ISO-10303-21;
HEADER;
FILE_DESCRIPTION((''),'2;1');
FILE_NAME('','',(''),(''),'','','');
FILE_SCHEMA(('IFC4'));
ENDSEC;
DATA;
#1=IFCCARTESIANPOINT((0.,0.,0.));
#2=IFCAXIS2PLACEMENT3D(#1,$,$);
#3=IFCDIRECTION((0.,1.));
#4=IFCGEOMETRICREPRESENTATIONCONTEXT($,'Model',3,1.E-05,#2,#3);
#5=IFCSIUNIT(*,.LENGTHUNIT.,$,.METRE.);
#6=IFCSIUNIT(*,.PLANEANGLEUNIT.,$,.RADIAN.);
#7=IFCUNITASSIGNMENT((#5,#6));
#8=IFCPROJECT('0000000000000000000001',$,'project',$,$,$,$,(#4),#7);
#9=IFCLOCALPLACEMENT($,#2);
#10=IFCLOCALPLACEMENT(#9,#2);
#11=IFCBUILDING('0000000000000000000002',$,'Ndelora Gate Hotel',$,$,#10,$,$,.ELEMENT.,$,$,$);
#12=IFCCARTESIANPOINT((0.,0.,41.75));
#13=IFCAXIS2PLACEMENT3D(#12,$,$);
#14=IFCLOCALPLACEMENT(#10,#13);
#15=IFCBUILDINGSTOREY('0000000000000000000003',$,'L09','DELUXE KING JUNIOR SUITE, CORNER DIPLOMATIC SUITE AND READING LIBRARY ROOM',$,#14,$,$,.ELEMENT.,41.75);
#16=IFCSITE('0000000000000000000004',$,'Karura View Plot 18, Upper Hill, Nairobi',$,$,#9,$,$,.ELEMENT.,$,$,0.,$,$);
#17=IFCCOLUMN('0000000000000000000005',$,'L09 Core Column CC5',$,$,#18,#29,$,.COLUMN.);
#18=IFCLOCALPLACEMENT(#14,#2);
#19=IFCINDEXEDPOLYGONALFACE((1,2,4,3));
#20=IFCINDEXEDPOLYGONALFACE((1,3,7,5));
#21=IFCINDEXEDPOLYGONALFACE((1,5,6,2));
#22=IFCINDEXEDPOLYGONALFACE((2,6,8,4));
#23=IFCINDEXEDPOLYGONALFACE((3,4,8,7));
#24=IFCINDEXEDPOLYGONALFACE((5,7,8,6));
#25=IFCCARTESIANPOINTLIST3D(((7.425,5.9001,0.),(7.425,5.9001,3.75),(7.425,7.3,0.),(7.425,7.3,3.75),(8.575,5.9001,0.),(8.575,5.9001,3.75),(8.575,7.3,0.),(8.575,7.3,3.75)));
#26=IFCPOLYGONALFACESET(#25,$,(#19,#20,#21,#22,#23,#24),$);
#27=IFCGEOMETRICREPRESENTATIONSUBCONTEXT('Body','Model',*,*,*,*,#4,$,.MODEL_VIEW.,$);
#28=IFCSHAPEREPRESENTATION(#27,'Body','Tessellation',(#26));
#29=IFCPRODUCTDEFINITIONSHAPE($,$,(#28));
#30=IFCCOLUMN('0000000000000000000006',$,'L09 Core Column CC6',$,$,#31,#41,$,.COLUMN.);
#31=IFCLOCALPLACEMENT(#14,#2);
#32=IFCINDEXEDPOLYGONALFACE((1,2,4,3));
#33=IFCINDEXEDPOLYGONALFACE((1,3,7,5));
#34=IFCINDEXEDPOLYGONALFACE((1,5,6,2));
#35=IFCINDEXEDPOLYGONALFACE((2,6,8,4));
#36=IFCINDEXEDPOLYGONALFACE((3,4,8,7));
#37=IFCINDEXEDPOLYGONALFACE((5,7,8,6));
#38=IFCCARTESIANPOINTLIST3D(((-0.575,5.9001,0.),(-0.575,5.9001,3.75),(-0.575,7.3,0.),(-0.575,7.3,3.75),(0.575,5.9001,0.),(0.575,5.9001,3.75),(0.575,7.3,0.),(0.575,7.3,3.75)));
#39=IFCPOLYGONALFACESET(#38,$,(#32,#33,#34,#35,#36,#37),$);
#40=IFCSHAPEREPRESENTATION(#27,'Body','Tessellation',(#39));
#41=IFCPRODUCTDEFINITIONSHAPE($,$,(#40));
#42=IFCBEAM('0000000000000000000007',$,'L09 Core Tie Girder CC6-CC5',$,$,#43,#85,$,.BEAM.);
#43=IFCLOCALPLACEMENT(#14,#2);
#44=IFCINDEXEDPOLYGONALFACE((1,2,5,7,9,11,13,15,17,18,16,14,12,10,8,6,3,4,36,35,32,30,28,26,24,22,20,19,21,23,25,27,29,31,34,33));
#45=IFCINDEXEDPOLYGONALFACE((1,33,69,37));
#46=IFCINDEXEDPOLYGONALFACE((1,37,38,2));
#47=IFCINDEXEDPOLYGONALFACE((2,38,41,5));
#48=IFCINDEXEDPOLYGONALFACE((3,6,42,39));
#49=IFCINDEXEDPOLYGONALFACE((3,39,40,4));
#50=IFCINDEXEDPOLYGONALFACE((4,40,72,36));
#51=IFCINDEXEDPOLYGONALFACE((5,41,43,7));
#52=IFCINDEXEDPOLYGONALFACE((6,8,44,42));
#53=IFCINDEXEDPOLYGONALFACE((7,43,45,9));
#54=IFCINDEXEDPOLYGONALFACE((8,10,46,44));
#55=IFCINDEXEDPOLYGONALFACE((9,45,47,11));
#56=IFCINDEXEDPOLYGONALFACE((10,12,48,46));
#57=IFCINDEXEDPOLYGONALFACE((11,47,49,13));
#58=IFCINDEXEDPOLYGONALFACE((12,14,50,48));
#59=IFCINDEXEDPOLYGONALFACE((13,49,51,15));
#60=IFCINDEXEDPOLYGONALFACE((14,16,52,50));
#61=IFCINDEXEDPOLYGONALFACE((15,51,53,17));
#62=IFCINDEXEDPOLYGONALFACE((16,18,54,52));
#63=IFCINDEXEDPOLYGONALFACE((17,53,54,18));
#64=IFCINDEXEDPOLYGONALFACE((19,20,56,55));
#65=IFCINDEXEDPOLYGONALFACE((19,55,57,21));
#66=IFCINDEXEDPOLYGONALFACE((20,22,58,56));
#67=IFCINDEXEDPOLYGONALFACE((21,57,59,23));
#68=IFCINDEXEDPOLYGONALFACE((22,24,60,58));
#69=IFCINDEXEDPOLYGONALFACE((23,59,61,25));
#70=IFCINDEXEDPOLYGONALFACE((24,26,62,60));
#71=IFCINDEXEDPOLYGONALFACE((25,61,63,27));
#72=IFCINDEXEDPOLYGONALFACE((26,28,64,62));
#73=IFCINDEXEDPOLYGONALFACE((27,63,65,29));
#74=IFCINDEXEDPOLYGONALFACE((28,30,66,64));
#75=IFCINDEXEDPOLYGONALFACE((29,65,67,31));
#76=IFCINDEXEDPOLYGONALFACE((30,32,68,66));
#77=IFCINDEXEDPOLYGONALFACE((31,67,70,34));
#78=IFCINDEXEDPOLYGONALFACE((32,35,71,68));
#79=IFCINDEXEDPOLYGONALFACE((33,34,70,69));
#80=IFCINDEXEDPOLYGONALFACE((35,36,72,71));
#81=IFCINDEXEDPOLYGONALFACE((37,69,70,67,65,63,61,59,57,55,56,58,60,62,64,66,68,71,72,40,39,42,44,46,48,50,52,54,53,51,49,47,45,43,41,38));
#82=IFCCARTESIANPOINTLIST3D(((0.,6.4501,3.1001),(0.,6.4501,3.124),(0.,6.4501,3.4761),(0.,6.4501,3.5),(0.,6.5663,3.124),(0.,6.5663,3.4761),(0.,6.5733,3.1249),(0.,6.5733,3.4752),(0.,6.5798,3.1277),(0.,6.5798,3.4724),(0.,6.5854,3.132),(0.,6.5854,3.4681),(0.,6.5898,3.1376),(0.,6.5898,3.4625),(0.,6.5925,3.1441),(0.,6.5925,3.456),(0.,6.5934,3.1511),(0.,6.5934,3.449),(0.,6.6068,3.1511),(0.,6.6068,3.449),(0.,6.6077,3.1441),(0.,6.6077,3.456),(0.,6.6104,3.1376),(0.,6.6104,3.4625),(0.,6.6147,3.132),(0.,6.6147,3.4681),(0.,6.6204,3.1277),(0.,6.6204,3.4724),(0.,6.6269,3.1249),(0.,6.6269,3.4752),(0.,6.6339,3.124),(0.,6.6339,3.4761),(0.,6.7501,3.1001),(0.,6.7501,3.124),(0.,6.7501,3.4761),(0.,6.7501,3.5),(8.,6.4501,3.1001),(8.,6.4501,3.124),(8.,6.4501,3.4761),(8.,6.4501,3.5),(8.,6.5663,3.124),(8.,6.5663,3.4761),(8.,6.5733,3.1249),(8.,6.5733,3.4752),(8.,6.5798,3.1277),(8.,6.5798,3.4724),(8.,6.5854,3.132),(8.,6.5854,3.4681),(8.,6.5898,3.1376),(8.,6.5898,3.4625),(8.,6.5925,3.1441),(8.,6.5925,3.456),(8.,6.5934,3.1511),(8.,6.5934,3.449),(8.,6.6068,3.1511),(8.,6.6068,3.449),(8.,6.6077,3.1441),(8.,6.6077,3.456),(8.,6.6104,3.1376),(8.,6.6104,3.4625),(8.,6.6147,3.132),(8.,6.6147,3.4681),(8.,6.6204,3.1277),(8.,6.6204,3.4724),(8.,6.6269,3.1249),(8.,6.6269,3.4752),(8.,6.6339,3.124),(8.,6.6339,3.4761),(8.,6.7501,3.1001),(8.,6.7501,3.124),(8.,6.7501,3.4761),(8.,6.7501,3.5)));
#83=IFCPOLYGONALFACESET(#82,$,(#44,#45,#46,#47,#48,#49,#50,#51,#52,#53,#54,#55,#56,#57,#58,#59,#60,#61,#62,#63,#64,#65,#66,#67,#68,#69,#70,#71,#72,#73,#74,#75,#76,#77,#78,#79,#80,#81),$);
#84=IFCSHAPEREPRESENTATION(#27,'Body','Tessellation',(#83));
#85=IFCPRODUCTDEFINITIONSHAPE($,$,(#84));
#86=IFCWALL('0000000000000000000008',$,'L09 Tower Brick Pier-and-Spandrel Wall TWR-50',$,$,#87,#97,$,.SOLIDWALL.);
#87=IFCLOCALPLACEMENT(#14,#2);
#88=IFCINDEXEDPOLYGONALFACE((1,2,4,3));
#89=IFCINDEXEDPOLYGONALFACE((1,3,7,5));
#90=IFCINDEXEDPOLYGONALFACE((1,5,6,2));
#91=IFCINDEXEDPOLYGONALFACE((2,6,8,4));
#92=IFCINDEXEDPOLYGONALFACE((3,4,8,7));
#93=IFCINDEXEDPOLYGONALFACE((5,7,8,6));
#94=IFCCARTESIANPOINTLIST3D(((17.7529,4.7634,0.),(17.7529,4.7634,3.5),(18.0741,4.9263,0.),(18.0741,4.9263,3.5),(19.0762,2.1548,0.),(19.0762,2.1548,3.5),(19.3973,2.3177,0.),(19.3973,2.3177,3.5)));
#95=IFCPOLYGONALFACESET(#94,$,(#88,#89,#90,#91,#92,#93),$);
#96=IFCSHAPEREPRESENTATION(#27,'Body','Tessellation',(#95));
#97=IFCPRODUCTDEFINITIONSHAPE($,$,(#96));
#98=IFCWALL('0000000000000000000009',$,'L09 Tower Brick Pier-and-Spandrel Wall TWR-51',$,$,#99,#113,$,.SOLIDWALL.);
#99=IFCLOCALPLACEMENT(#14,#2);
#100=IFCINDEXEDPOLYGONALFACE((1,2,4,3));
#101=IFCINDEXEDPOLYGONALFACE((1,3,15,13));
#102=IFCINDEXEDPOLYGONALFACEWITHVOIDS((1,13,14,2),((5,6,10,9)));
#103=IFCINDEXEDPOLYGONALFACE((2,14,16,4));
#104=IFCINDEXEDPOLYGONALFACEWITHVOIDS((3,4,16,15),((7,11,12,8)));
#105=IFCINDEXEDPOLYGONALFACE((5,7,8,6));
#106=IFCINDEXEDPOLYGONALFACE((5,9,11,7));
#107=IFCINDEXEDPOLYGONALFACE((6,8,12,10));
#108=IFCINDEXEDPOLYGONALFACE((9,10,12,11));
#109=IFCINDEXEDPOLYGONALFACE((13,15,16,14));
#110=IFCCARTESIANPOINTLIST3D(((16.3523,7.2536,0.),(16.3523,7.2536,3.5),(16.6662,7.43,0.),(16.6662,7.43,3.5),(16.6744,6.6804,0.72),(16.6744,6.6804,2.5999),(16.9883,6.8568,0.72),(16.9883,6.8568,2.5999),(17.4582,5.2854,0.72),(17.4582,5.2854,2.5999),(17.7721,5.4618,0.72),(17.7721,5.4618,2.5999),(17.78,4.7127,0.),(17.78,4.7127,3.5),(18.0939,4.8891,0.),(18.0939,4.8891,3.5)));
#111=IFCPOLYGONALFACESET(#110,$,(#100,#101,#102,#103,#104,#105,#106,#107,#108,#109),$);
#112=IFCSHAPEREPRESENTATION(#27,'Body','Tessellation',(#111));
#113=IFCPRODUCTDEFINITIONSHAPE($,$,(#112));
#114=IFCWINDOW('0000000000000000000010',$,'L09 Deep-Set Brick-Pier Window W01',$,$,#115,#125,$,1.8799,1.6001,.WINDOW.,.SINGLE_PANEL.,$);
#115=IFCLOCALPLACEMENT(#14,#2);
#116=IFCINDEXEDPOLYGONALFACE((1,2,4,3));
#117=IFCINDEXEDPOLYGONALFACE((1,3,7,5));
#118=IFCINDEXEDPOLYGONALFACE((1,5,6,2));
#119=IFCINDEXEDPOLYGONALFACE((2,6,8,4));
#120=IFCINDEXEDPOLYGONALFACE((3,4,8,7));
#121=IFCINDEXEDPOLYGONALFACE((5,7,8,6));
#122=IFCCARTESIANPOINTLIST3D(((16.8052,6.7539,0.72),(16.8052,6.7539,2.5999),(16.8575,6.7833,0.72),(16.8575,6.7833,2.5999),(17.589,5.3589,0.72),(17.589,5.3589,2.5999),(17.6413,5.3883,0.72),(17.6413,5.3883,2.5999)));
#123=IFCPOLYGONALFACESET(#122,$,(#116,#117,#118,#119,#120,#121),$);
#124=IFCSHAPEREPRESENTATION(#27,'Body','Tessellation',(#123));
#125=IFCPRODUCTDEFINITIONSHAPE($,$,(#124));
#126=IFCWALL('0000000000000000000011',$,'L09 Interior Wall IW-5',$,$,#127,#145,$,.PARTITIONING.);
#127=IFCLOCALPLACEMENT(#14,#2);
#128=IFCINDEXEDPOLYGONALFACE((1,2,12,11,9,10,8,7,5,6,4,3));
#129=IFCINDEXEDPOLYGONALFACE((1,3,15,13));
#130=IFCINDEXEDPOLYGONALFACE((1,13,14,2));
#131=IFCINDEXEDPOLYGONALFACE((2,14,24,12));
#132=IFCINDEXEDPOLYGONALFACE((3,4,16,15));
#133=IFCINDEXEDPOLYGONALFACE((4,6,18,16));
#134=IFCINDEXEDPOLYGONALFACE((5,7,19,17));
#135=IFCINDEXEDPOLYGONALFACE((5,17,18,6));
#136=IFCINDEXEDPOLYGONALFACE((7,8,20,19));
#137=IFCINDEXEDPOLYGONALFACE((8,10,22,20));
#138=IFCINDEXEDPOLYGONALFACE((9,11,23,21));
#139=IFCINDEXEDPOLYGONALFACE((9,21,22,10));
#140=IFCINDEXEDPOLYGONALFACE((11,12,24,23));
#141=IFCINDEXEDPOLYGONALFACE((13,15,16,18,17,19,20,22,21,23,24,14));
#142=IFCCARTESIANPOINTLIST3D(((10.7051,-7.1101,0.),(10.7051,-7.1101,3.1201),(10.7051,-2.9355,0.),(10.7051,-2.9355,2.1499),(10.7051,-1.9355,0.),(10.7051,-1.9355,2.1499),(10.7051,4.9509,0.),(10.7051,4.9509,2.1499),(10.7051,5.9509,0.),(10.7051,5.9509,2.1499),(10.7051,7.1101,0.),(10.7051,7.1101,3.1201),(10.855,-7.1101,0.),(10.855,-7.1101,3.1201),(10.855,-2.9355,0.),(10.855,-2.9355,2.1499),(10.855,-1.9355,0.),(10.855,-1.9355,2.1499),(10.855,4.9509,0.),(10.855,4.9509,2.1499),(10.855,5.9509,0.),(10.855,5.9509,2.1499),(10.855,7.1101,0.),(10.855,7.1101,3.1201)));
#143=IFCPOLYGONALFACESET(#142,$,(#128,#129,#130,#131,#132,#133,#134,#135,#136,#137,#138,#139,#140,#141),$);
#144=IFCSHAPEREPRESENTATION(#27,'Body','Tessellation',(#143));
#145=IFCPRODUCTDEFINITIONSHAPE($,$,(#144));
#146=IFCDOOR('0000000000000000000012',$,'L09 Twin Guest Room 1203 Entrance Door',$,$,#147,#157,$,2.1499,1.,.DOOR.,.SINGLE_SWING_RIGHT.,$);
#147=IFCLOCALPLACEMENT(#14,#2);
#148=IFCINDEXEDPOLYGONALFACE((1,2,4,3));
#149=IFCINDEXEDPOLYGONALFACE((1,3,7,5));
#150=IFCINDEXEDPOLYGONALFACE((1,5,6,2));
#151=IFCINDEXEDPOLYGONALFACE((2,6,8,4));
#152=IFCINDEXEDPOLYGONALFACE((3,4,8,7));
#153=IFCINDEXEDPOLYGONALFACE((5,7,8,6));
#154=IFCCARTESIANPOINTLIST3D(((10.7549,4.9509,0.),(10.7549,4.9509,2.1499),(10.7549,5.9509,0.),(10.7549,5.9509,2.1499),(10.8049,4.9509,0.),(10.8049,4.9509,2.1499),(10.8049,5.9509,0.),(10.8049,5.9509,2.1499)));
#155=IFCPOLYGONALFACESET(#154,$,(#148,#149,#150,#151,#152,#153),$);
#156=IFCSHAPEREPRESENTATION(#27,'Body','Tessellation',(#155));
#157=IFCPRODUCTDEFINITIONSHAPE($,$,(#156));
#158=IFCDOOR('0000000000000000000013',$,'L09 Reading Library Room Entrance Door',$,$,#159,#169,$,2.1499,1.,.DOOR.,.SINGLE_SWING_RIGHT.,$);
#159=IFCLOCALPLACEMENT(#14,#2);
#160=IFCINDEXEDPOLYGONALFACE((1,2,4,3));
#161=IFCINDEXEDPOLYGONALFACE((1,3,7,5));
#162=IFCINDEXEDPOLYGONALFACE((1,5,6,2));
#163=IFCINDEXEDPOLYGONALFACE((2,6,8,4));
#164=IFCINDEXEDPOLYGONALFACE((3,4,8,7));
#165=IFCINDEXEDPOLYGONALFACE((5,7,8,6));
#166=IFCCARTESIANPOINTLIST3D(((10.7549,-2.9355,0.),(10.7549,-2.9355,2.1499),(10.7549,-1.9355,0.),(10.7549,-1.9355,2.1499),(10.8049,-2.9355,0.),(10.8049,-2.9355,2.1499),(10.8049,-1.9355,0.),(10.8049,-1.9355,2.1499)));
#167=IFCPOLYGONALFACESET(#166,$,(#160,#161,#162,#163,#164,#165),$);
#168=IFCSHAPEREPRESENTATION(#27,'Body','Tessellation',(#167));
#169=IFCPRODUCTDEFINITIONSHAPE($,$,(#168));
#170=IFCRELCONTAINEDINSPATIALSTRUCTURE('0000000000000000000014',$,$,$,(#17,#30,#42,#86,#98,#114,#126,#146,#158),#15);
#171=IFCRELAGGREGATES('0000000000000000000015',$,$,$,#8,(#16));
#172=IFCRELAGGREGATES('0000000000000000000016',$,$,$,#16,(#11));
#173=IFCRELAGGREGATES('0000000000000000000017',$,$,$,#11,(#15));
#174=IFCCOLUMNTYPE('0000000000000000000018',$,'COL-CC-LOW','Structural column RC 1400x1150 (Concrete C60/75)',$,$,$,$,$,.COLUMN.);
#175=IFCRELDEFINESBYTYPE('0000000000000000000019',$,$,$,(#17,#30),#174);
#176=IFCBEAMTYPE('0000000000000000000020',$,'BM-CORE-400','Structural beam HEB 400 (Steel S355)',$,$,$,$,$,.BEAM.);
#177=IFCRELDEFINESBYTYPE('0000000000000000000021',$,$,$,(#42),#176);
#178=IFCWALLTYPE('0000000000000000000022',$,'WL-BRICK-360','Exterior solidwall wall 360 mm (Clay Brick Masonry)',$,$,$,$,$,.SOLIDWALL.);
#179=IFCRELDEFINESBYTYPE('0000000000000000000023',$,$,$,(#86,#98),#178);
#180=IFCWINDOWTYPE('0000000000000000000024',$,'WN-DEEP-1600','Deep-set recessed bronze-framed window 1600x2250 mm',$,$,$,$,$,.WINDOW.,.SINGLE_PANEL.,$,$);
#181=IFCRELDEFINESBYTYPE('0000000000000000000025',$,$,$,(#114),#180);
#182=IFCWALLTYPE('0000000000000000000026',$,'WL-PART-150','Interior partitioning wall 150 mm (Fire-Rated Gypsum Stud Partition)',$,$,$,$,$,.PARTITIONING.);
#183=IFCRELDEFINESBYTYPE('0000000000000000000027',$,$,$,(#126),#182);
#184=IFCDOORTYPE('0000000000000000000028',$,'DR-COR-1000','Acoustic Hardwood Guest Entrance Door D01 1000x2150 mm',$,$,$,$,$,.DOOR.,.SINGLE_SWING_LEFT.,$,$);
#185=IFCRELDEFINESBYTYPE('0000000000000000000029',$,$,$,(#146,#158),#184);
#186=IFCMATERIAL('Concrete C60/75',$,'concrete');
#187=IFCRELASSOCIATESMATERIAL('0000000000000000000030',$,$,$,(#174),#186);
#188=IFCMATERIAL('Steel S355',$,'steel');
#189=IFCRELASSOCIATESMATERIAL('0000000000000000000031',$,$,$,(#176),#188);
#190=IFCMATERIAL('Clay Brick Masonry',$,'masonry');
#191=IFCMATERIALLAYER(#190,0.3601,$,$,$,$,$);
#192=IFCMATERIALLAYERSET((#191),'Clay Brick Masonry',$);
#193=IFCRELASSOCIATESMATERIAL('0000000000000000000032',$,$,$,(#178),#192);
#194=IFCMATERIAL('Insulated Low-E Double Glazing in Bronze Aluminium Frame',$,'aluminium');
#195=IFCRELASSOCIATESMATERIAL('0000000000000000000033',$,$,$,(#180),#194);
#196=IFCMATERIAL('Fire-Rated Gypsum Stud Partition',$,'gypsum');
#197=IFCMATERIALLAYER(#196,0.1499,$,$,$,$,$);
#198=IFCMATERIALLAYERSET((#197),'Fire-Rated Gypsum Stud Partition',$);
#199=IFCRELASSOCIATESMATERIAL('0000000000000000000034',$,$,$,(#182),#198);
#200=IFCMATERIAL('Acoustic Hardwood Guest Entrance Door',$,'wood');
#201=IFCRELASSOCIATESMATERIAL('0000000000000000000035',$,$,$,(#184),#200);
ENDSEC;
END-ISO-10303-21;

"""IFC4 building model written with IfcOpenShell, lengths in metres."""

from ifc_helpers import new_model, si_unit, direction, frame, frame_2d, origin, origin_2d, place, context, subcontext, project, spatial, rectangle, i_section, extrude, material, layer, layer_set, material_profile, profile_set, type_object, element, fill, save


model = new_model("IFC4")

# Units and contexts
model_context = context("Model", 3, precision=1e-05, world=origin(), true_north=direction((0.0, 1.0)))
body_context = subcontext(model_context, "Body", "Model", "MODEL_VIEW")
ifc_project = project(units=[si_unit("LENGTHUNIT", "METRE"), si_unit("PLANEANGLEUNIT", "RADIAN")], contexts=[model_context])

# Site, building, storey
site_placement = place(None, origin())
site = spatial("IfcSite", under=ifc_project, at=site_placement, Name="Karura View Plot 18, Upper Hill, Nairobi", CompositionType="ELEMENT", RefElevation=0.0)
building_placement = place(site_placement, origin())
building = spatial("IfcBuilding", under=site, at=building_placement, Name="Ndelora Gate Hotel", CompositionType="ELEMENT")
storey_placement = place(building_placement, frame((0.0, 0.0, 41.75)))
storey = spatial("IfcBuildingStorey", under=building, at=storey_placement, Name="L09", Description="DELUXE KING JUNIOR SUITE, CORNER DIPLOMATIC SUITE AND READING LIBRARY ROOM", CompositionType="ELEMENT", Elevation=41.75)

# Columns
ifc_material_1 = material(Name="Concrete C60/75", Category="concrete")
ifc_material_profile_1 = material_profile(ifc_material_1, rectangle(XDim=1.1499, YDim=1.3999, at=origin_2d()), Name="RC 1400x1150")
ifc_profile_set_1 = profile_set([ifc_material_profile_1], Name="Concrete C60/75")
column_type = type_object("IfcColumnType", Name="COL-CC-LOW", Description="Structural column RC 1400x1150 (Concrete C60/75)", PredefinedType="COLUMN", material=ifc_profile_set_1)
for number, where, z_axis, x_axis, name in (
    (1, (8.0, 6.6001, 0.0), (0.0, 0.0, 1.0), (1.0, 0.0, 0.0), "L09 Core Column CC5"),
    (2, (0.0, 6.6001, 0.0), (0.0, 0.0, 1.0), (1.0, 0.0, 0.0), "L09 Core Column CC6"),
):
    element("IfcColumn", number, at=place(storey_placement, frame(where, z_axis=z_axis, x_axis=x_axis)), inside=storey, type_object=column_type, Name=name, PredefinedType="COLUMN", context=body_context, shape_type="SweptSolid", body=[
        extrude(rectangle(XDim=1.1499, YDim=1.3999, at=origin_2d()), origin(), (0.0, 0.0, 1.0), 3.75),
    ])

# Beam
ifc_material_2 = material(Name="Steel S355", Category="steel")
ifc_material_profile_2 = material_profile(ifc_material_2, i_section(OverallWidth=0.3, OverallDepth=0.3999, WebThickness=0.0134, FlangeThickness=0.0239, FilletRadius=0.0271, at=origin_2d()), Name="HEB 400")
ifc_profile_set_2 = profile_set([ifc_material_profile_2], Name="Steel S355")
beam_type = type_object("IfcBeamType", Name="BM-CORE-400", Description="Structural beam HEB 400 (Steel S355)", PredefinedType="BEAM", material=ifc_profile_set_2)
beam_placement = place(storey_placement, frame((0.0, 6.6001, 3.3), z_axis=(1.0, 0.0, 0.0), x_axis=(0.0, 1.0, 0.0)))
element("IfcBeam", 3, at=beam_placement, inside=storey, type_object=beam_type, Name="L09 Core Tie Girder CC6-CC5", PredefinedType="BEAM", context=body_context, shape_type="SweptSolid", body=[
    extrude(i_section(OverallWidth=0.3, OverallDepth=0.3999, WebThickness=0.0134, FlangeThickness=0.0239, FilletRadius=0.0271, at=origin_2d()), origin(), (0.0, 0.0, 1.0), 8.0),
])

# Wall
ifc_material_3 = material(Name="Clay Brick Masonry", Category="masonry")
ifc_layer_1 = layer(ifc_material_3, 0.3601)
ifc_layer_set_1 = layer_set([ifc_layer_1], Name="Clay Brick Masonry")
wall_type_1 = type_object("IfcWallType", Name="WL-BRICK-360", Description="Exterior solidwall wall 360 mm (Clay Brick Masonry)", PredefinedType="SOLIDWALL", material=ifc_layer_set_1)
wall_1_placement = place(storey_placement, frame((17.9136, 4.8447, 0.0), z_axis=(0.0, 0.0, 1.0), x_axis=(0.452381, -0.891825, 0.0)))
element("IfcWall", 4, at=wall_1_placement, inside=storey, type_object=wall_type_1, Name="L09 Tower Brick Pier-and-Spandrel Wall TWR-50", PredefinedType="SOLIDWALL", context=body_context, shape_type="SweptSolid", body=[
    extrude(rectangle(XDim=2.925, YDim=0.3601, at=frame_2d((1.4624, 0.0))), origin(), (0.0, 0.0, 1.0), 3.5),
])

# Wall, opening, window
wall_2_placement = place(storey_placement, frame((16.5093, 7.3418, 0.0), z_axis=(0.0, 0.0, 1.0), x_axis=(0.489848, -0.871808, 0.0)))
wall_2 = element("IfcWall", 5, at=wall_2_placement, inside=storey, type_object=wall_type_1, Name="L09 Tower Brick Pier-and-Spandrel Wall TWR-51", PredefinedType="SOLIDWALL", context=body_context, shape_type="SweptSolid", body=[
    extrude(rectangle(XDim=2.9146, YDim=0.3601, at=frame_2d((1.4573, 0.0))), origin(), (0.0, 0.0, 1.0), 3.5),
])
opening_1_placement = place(wall_2_placement, frame((0.6575, 0.0, 0.72)))
opening_1 = element("IfcOpeningElement", 6, at=opening_1_placement, cuts=wall_2, PredefinedType="OPENING", context=body_context, shape_type="SweptSolid", body=[
    extrude(rectangle(XDim=1.6001, YDim=1.8799, at=frame_2d((0.8, 0.9399))), frame((0.0, 0.1899, 0.0), z_axis=(0.0, -1.0, 0.0), x_axis=(1.0, 0.0, 0.0)), (0.0, 0.0, 1.0), 0.3801),
])
ifc_material_4 = material(Name="Insulated Low-E Double Glazing in Bronze Aluminium Frame", Category="aluminium")
window_type = type_object("IfcWindowType", Name="WN-DEEP-1600", Description="Deep-set recessed bronze-framed window 1600x2250 mm", PartitioningType="SINGLE_PANEL", PredefinedType="WINDOW", material=ifc_material_4)
window_placement = place(opening_1_placement, origin())
window = element("IfcWindow", 7, at=window_placement, inside=storey, type_object=window_type, Name="L09 Deep-Set Brick-Pier Window W01", OverallHeight=1.8799, OverallWidth=1.6001, PartitioningType="SINGLE_PANEL", PredefinedType="WINDOW", context=body_context, shape_type="SweptSolid", body=[
    extrude(rectangle(XDim=1.6001, YDim=1.8799, at=frame_2d((0.8, 0.9399))), frame((0.0, 0.03, 0.0), z_axis=(0.0, -1.0, 0.0), x_axis=(1.0, 0.0, 0.0)), (0.0, 0.0, 1.0), 0.0601),
])
fill(opening_1, window)

# Wall, openings, doors
ifc_material_5 = material(Name="Fire-Rated Gypsum Stud Partition", Category="gypsum")
ifc_layer_2 = layer(ifc_material_5, 0.1499)
ifc_layer_set_2 = layer_set([ifc_layer_2], Name="Fire-Rated Gypsum Stud Partition")
wall_type_2 = type_object("IfcWallType", Name="WL-PART-150", Description="Interior partitioning wall 150 mm (Fire-Rated Gypsum Stud Partition)", PredefinedType="PARTITIONING", material=ifc_layer_set_2)
wall_3_placement = place(storey_placement, frame((10.78, 7.1101, 0.0), z_axis=(0.0, 0.0, 1.0), x_axis=(0.0, -1.0, 0.0)))
wall_3 = element("IfcWall", 8, at=wall_3_placement, inside=storey, type_object=wall_type_2, Name="L09 Interior Wall IW-5", PredefinedType="PARTITIONING", context=body_context, shape_type="SweptSolid", body=[
    extrude(rectangle(XDim=14.2202, YDim=0.1499, at=frame_2d((7.1101, 0.0))), origin(), (0.0, 0.0, 1.0), 3.1201),
])
opening_2_placement = place(wall_3_placement, frame((1.1592, 0.0, 0.0)))
opening_2 = element("IfcOpeningElement", 9, at=opening_2_placement, cuts=wall_3, PredefinedType="OPENING", context=body_context, shape_type="SweptSolid", body=[
    extrude(rectangle(XDim=1.0, YDim=2.1499, at=frame_2d((0.5, 1.075))), frame((0.0, 0.085, 0.0), z_axis=(0.0, -1.0, 0.0), x_axis=(1.0, 0.0, 0.0)), (0.0, 0.0, 1.0), 0.1699),
])
opening_3_placement = place(wall_3_placement, frame((9.0457, 0.0, 0.0)))
opening_3 = element("IfcOpeningElement", 10, at=opening_3_placement, cuts=wall_3, PredefinedType="OPENING", context=body_context, shape_type="SweptSolid", body=[
    extrude(rectangle(XDim=1.0, YDim=2.1499, at=frame_2d((0.5, 1.075))), frame((0.0, 0.085, 0.0), z_axis=(0.0, -1.0, 0.0), x_axis=(1.0, 0.0, 0.0)), (0.0, 0.0, 1.0), 0.1699),
])
ifc_material_6 = material(Name="Acoustic Hardwood Guest Entrance Door", Category="wood")
door_type_1 = type_object("IfcDoorType", Name="DR-COR-1000", Description="Acoustic Hardwood Guest Entrance Door D01 1000x2150 mm", OperationType="SINGLE_SWING_LEFT", PredefinedType="DOOR", material=ifc_material_6)
door_1_placement = place(opening_2_placement, origin())
door_1 = element("IfcDoor", 11, at=door_1_placement, inside=storey, type_object=door_type_1, Name="L09 Twin Guest Room 1203 Entrance Door", OperationType="SINGLE_SWING_RIGHT", OverallHeight=2.1499, OverallWidth=1.0, PredefinedType="DOOR", context=body_context, shape_type="SweptSolid", body=[
    extrude(rectangle(XDim=1.0, YDim=2.1499, at=frame_2d((0.5, 1.075))), frame((0.0, 0.0249, 0.0), z_axis=(0.0, -1.0, 0.0), x_axis=(1.0, 0.0, 0.0)), (0.0, 0.0, 1.0), 0.05),
])
fill(opening_2, door_1)
door_2_placement = place(opening_3_placement, origin())
door_2 = element("IfcDoor", 12, at=door_2_placement, inside=storey, type_object=door_type_1, Name="L09 Reading Library Room Entrance Door", OperationType="SINGLE_SWING_RIGHT", OverallHeight=2.1499, OverallWidth=1.0, PredefinedType="DOOR", context=body_context, shape_type="SweptSolid", body=[
    extrude(rectangle(XDim=1.0, YDim=2.1499, at=frame_2d((0.5, 1.075))), frame((0.0, 0.0249, 0.0), z_axis=(0.0, -1.0, 0.0), x_axis=(1.0, 0.0, 0.0)), (0.0, 0.0, 1.0), 0.05),
])
fill(opening_3, door_2)

save(model, "model.ifc")
